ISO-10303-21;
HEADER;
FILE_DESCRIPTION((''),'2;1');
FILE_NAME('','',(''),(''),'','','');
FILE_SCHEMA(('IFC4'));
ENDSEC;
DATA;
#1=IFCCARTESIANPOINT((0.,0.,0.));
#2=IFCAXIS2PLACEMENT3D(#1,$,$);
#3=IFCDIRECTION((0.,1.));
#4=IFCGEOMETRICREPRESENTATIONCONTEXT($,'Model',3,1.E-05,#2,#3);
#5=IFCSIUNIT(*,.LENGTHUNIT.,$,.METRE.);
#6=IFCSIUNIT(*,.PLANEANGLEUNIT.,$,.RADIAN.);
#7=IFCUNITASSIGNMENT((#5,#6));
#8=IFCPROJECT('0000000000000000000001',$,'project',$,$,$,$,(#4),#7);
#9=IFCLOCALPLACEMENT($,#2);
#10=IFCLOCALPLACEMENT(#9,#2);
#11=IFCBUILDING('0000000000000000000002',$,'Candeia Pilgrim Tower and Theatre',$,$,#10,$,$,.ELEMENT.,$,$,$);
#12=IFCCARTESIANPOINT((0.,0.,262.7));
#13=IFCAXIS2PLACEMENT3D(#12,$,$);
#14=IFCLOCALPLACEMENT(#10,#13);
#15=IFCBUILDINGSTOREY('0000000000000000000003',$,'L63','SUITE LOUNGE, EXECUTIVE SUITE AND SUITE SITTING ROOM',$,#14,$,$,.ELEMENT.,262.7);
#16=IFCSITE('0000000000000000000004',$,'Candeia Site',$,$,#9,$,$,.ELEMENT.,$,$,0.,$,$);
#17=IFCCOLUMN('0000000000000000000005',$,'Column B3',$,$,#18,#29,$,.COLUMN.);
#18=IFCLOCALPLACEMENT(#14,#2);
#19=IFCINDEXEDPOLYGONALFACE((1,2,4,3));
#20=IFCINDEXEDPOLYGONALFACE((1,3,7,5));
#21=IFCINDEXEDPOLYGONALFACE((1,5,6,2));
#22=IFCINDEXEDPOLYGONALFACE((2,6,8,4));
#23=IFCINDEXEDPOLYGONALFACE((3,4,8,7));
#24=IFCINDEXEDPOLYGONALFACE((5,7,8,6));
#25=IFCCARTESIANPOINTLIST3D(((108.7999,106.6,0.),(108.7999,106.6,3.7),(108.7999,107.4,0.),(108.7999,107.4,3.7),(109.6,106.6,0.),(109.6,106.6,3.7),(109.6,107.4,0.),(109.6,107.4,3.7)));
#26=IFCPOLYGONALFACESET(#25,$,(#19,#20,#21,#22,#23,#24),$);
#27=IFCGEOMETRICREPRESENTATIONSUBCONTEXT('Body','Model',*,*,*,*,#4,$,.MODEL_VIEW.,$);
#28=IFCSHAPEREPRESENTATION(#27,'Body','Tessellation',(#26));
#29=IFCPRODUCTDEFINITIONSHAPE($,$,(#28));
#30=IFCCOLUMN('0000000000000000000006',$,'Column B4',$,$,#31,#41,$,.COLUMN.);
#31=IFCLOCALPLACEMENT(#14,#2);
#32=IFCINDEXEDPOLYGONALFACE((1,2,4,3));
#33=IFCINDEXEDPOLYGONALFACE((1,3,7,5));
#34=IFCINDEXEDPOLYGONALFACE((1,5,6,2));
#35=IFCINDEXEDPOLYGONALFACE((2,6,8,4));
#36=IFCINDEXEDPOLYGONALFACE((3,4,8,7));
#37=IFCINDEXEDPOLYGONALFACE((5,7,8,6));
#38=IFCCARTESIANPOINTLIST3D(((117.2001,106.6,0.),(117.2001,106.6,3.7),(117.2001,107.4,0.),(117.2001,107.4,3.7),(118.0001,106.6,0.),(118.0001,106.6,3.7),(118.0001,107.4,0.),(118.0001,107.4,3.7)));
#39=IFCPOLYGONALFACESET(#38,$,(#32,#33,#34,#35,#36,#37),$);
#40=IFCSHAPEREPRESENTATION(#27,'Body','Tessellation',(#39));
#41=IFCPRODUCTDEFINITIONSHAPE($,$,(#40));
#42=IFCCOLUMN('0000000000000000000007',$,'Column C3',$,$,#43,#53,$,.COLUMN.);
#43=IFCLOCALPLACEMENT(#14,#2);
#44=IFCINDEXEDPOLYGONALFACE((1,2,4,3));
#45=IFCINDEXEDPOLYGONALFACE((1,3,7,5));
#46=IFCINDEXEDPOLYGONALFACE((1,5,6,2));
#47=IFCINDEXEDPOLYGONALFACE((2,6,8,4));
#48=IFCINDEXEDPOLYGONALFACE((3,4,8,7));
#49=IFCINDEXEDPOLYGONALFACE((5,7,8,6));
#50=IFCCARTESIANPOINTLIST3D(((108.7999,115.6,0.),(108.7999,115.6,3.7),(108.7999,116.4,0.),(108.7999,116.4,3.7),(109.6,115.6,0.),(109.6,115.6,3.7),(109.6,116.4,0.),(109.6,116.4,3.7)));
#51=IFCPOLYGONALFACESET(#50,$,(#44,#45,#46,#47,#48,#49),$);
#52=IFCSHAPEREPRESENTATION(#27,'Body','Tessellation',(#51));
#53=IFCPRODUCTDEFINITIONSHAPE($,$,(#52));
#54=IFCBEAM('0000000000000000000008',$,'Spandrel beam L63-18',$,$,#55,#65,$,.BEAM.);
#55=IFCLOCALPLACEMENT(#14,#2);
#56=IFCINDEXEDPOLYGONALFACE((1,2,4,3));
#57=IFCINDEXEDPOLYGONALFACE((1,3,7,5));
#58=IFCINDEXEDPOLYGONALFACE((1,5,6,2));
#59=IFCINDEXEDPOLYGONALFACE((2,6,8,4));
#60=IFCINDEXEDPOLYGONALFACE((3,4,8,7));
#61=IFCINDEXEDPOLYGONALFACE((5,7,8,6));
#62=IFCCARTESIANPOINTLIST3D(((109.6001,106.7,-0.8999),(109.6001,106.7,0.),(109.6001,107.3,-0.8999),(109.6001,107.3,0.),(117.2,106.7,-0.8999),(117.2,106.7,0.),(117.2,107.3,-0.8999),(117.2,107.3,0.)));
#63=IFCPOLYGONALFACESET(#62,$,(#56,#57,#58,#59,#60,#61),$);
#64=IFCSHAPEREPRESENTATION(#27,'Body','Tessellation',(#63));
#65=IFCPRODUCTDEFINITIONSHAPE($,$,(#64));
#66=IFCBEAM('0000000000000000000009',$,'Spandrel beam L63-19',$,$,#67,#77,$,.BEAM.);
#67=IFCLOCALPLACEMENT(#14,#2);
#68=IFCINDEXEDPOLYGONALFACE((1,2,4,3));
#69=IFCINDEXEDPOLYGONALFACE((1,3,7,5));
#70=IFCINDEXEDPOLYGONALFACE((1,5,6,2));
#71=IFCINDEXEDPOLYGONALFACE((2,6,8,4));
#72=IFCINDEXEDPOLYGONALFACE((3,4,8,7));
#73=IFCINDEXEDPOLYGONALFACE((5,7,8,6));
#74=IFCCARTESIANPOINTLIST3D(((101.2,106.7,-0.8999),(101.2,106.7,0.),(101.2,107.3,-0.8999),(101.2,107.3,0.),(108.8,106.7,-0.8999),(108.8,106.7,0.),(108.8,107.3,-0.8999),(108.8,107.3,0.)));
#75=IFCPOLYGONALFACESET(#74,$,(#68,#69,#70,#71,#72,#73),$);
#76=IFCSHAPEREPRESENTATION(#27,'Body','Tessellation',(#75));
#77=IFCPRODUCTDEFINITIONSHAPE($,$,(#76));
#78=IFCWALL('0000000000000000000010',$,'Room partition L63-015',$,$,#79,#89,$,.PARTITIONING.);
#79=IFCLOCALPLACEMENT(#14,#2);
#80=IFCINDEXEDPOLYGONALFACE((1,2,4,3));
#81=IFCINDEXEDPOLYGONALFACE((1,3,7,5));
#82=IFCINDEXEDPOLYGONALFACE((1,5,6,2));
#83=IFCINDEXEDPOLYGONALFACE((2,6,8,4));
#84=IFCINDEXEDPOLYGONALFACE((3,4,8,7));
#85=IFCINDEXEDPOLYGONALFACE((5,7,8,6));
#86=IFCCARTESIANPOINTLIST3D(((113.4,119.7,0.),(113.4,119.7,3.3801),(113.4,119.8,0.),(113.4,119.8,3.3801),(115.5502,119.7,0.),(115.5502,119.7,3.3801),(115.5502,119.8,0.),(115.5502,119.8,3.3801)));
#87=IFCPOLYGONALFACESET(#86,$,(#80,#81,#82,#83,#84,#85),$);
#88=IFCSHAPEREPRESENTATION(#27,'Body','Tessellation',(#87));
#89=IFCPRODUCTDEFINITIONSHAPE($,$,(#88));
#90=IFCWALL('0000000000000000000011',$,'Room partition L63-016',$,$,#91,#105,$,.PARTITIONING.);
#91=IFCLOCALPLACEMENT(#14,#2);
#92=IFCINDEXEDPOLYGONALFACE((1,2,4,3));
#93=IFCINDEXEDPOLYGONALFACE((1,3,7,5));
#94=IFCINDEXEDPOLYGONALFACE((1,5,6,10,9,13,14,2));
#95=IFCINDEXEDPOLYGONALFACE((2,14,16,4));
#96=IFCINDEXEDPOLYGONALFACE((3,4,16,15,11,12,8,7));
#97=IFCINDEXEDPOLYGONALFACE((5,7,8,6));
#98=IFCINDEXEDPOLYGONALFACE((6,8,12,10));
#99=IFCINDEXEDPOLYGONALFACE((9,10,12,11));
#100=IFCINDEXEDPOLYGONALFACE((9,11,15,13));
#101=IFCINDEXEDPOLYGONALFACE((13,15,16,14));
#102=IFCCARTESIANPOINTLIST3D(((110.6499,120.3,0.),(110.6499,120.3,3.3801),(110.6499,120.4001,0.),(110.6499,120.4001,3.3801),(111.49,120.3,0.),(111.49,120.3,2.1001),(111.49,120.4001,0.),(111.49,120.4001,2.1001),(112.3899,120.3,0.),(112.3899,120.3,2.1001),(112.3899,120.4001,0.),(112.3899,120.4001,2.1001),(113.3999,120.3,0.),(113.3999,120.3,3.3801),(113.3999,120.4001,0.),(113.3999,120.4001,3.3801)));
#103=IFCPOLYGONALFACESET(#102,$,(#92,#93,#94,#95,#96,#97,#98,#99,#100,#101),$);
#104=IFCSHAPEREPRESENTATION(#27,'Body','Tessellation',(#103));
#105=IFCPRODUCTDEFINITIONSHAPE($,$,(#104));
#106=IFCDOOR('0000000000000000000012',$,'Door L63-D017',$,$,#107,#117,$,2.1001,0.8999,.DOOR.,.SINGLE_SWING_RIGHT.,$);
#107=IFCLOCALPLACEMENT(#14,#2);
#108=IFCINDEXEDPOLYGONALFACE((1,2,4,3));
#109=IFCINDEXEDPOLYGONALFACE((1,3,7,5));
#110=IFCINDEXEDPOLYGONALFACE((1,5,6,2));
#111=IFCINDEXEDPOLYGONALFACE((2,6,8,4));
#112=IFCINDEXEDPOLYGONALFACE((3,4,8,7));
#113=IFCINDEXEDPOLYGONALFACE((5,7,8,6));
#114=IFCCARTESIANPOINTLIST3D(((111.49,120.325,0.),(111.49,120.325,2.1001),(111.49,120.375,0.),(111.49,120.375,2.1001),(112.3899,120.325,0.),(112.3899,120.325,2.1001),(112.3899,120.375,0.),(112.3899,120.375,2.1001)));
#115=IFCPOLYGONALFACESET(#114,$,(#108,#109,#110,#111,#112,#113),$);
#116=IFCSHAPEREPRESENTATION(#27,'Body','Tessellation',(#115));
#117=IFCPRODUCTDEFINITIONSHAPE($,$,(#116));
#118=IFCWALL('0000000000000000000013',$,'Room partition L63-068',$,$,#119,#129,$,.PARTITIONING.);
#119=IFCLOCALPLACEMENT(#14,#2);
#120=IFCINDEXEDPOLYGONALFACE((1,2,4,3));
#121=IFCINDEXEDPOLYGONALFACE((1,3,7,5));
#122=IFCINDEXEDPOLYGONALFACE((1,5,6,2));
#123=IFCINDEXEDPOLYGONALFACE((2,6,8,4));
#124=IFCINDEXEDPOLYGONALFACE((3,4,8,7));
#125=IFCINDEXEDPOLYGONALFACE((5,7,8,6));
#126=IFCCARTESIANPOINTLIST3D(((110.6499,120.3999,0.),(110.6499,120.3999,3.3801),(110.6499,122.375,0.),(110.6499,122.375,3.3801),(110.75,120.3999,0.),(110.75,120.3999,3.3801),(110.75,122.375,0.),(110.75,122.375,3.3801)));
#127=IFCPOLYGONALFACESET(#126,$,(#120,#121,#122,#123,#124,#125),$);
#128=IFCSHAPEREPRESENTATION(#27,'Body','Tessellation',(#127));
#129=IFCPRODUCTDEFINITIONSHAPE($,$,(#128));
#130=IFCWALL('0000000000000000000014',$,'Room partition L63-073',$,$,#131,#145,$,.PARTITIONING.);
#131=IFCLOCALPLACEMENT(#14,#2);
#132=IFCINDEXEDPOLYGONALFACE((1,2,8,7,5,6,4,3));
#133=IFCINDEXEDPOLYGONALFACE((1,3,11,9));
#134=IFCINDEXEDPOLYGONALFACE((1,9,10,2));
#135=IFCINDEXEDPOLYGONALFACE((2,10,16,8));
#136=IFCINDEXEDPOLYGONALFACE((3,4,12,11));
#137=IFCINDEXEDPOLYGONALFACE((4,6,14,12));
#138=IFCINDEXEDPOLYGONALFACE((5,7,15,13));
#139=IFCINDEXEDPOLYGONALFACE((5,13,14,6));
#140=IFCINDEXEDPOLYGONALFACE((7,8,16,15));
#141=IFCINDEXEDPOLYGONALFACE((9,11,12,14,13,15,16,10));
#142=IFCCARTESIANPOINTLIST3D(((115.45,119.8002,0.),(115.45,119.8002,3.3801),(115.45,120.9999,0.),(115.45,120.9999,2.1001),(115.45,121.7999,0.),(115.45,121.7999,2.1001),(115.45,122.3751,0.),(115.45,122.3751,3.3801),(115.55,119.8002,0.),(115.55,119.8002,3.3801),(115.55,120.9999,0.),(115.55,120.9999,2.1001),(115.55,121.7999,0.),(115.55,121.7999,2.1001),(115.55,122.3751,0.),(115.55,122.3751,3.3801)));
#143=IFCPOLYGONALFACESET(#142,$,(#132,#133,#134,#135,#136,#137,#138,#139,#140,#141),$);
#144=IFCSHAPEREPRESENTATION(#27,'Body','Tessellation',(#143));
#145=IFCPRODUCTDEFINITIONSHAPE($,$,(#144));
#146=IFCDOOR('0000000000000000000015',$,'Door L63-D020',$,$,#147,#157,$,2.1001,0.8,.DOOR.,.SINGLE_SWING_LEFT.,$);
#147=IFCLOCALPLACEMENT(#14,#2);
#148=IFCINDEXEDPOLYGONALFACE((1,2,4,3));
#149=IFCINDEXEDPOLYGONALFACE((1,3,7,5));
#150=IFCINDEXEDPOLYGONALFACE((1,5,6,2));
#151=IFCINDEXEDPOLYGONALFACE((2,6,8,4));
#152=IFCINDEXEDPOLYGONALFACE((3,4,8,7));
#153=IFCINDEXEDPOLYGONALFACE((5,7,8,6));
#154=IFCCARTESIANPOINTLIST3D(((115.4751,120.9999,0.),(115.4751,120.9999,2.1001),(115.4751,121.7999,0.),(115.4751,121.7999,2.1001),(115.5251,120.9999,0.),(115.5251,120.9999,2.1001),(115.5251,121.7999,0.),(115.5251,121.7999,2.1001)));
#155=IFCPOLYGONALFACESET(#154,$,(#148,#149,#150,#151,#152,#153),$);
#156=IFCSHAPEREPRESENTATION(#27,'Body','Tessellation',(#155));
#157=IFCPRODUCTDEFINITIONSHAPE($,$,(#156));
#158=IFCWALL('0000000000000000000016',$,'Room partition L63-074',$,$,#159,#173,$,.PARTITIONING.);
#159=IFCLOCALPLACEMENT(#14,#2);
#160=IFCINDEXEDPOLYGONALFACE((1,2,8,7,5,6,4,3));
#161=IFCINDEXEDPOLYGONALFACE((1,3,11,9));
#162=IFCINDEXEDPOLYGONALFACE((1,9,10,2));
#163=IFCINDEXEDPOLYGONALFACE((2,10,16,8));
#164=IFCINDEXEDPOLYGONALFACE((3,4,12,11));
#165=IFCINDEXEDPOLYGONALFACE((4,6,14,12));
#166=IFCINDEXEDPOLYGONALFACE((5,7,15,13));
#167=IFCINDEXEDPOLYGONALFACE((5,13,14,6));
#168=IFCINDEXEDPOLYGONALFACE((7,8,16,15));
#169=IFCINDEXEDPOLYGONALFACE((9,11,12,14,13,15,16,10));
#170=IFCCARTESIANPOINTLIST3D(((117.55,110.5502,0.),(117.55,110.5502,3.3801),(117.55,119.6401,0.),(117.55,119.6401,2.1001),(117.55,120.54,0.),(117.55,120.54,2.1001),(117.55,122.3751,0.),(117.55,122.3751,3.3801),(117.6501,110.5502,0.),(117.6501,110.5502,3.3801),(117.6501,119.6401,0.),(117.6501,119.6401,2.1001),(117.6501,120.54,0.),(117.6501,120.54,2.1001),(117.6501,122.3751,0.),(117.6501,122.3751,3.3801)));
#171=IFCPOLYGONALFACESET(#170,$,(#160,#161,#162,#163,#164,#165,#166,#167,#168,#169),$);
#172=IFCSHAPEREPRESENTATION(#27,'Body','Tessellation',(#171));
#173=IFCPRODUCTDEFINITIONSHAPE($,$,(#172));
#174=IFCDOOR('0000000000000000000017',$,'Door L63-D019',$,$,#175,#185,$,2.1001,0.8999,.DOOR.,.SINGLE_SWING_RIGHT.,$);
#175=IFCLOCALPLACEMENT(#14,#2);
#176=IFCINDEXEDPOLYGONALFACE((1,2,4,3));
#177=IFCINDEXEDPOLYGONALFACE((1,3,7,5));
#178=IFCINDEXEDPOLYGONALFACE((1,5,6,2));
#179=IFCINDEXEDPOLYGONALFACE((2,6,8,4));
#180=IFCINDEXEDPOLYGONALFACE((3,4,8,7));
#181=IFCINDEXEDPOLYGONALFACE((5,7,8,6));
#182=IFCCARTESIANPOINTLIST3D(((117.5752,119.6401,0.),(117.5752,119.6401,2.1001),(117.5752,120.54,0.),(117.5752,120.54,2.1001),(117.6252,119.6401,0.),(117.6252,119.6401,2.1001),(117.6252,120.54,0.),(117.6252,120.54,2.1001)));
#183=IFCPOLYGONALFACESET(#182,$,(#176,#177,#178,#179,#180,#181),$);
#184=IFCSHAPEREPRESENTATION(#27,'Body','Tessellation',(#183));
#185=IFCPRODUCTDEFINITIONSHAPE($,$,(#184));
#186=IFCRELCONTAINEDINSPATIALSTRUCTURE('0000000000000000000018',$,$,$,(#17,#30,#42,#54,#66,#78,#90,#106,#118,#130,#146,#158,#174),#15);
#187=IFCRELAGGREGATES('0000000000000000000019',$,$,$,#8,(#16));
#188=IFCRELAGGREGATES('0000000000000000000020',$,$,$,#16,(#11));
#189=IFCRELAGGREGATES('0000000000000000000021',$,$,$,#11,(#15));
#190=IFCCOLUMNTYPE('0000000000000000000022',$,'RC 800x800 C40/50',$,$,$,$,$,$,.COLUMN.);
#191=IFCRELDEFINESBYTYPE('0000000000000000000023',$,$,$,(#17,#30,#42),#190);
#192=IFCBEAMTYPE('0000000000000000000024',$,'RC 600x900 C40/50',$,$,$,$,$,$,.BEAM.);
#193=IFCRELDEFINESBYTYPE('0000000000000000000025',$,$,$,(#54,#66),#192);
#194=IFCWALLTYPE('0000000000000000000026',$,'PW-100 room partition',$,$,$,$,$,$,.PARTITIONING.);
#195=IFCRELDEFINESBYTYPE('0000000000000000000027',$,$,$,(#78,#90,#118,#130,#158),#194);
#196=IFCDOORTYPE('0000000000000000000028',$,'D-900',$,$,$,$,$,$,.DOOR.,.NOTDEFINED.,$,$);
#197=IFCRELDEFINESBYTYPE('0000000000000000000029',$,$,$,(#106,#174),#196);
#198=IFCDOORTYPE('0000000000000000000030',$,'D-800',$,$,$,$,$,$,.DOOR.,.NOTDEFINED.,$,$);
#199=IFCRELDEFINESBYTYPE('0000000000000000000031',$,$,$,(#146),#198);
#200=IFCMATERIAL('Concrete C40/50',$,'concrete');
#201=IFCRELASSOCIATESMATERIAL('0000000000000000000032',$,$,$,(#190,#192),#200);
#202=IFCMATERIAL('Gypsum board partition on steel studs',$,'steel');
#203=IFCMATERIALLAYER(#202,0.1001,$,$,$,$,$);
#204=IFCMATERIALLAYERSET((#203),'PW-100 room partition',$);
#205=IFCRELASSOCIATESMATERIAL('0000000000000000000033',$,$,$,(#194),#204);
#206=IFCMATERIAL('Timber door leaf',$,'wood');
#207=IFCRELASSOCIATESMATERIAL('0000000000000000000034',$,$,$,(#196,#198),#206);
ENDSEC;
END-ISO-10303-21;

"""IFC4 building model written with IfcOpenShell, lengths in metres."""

from ifc_helpers import new_model, si_unit, direction, frame, frame_2d, origin, origin_2d, place, context, subcontext, project, spatial, rectangle, extrude, material, layer, layer_set, material_profile, profile_set, type_object, element, fill, save


model = new_model("IFC4")

# Units and contexts
model_context = context("Model", 3, precision=1e-05, world=origin(), true_north=direction((0.0, 1.0)))
body_context = subcontext(model_context, "Body", "Model", "MODEL_VIEW")
ifc_project = project(units=[si_unit("LENGTHUNIT", "METRE"), si_unit("PLANEANGLEUNIT", "RADIAN")], contexts=[model_context])

# Site, building, storey
site_placement = place(None, origin())
site = spatial("IfcSite", under=ifc_project, at=site_placement, Name="Candeia Site", CompositionType="ELEMENT", RefElevation=0.0)
building_placement = place(site_placement, origin())
building = spatial("IfcBuilding", under=site, at=building_placement, Name="Candeia Pilgrim Tower and Theatre", CompositionType="ELEMENT")
storey_placement = place(building_placement, frame((0.0, 0.0, 262.7)))
storey = spatial("IfcBuildingStorey", under=building, at=storey_placement, Name="L63", Description="SUITE LOUNGE, EXECUTIVE SUITE AND SUITE SITTING ROOM", CompositionType="ELEMENT", Elevation=262.7)

# Columns
ifc_material_1 = material(Name="Concrete C40/50", Category="concrete")
ifc_material_profile_1 = material_profile(ifc_material_1, rectangle(XDim=0.8, YDim=0.8, at=origin_2d()))
ifc_profile_set_1 = profile_set([ifc_material_profile_1], Name="Concrete C40/50")
column_type = type_object("IfcColumnType", Name="RC 800x800 C40/50", PredefinedType="COLUMN", material=ifc_profile_set_1)
for number, where, z_axis, x_axis, name in (
    (1, (109.2, 107.0, 0.0), (0.0, 0.0, 1.0), (1.0, 0.0, 0.0), "Column B3"),
    (2, (117.6001, 107.0, 0.0), (0.0, 0.0, 1.0), (1.0, 0.0, 0.0), "Column B4"),
    (3, (109.2, 116.0, 0.0), (0.0, 0.0, 1.0), (1.0, 0.0, 0.0), "Column C3"),
):
    element("IfcColumn", number, at=place(storey_placement, frame(where, z_axis=z_axis, x_axis=x_axis)), inside=storey, type_object=column_type, Name=name, PredefinedType="COLUMN", context=body_context, shape_type="SweptSolid", body=[
        extrude(rectangle(XDim=0.8, YDim=0.8, at=origin_2d()), origin(), (0.0, 0.0, 1.0), 3.7),
    ])

# Beams
ifc_material_profile_2 = material_profile(ifc_material_1, rectangle(XDim=0.6001, YDim=0.8999, at=origin_2d()))
ifc_profile_set_2 = profile_set([ifc_material_profile_2], Name="Concrete C40/50")
beam_type = type_object("IfcBeamType", Name="RC 600x900 C40/50", PredefinedType="BEAM", material=ifc_profile_set_2)
beam_1_placement = place(storey_placement, frame((117.2, 107.0, -0.45), z_axis=(-1.0, 0.0, 0.0), x_axis=(0.0, -1.0, 0.0)))
element("IfcBeam", 4, at=beam_1_placement, inside=storey, type_object=beam_type, Name="Spandrel beam L63-18", PredefinedType="BEAM", context=body_context, shape_type="SweptSolid", body=[
    extrude(rectangle(XDim=0.6001, YDim=0.8999, at=origin_2d()), origin(), (0.0, 0.0, 1.0), 7.5999),
])
beam_2_placement = place(storey_placement, frame((108.8, 107.0, -0.45), z_axis=(-1.0, 0.0, 0.0), x_axis=(0.0, -1.0, 0.0)))
element("IfcBeam", 5, at=beam_2_placement, inside=storey, type_object=beam_type, Name="Spandrel beam L63-19", PredefinedType="BEAM", context=body_context, shape_type="SweptSolid", body=[
    extrude(rectangle(XDim=0.6001, YDim=0.8999, at=origin_2d()), origin(), (0.0, 0.0, 1.0), 7.6001),
])

# Wall
ifc_material_2 = material(Name="Gypsum board partition on steel studs", Category="steel")
ifc_layer_1 = layer(ifc_material_2, 0.1001)
ifc_layer_set_1 = layer_set([ifc_layer_1], Name="PW-100 room partition")
wall_type_1 = type_object("IfcWallType", Name="PW-100 room partition", PredefinedType="PARTITIONING", material=ifc_layer_set_1)
wall_1_placement = place(storey_placement, frame((113.3999, 119.75, 0.0), z_axis=(0.0, 0.0, 1.0), x_axis=(1.0, 0.0, 0.0)))
element("IfcWall", 6, at=wall_1_placement, inside=storey, type_object=wall_type_1, Name="Room partition L63-015", PredefinedType="PARTITIONING", context=body_context, shape_type="SweptSolid", body=[
    extrude(rectangle(XDim=2.1501, YDim=0.1001, at=frame_2d((1.0752, 0.0))), origin(), (0.0, 0.0, 1.0), 3.3801),
])

# Wall, opening, door
wall_2_placement = place(storey_placement, frame((110.6499, 120.3501, 0.0), z_axis=(0.0, 0.0, 1.0), x_axis=(1.0, 0.0, 0.0)))
wall_2 = element("IfcWall", 7, at=wall_2_placement, inside=storey, type_object=wall_type_1, Name="Room partition L63-016", PredefinedType="PARTITIONING", context=body_context, shape_type="SweptSolid", body=[
    extrude(rectangle(XDim=2.75, YDim=0.1001, at=frame_2d((1.375, 0.0))), origin(), (0.0, 0.0, 1.0), 3.3801),
])
opening_1_placement = place(wall_2_placement, frame((0.8401, 0.0, 0.0)))
opening_1 = element("IfcOpeningElement", 8, at=opening_1_placement, cuts=wall_2, PredefinedType="OPENING", context=body_context, shape_type="SweptSolid", body=[
    extrude(rectangle(XDim=0.8999, YDim=2.1001, at=frame_2d((0.45, 1.05))), frame((0.0, 0.0601, 0.0), z_axis=(0.0, -1.0, 0.0), x_axis=(1.0, 0.0, 0.0)), (0.0, 0.0, 1.0), 0.1201),
])
ifc_material_3 = material(Name="Timber door leaf", Category="wood")
door_type_1 = type_object("IfcDoorType", Name="D-900", OperationType="NOTDEFINED", PredefinedType="DOOR", material=ifc_material_3)
door_1_placement = place(opening_1_placement, origin())
door_1 = element("IfcDoor", 9, at=door_1_placement, inside=storey, type_object=door_type_1, Name="Door L63-D017", OperationType="SINGLE_SWING_RIGHT", OverallHeight=2.1001, OverallWidth=0.8999, PredefinedType="DOOR", context=body_context, shape_type="SweptSolid", body=[
    extrude(rectangle(XDim=0.8999, YDim=2.1001, at=frame_2d((0.45, 1.05))), frame((0.0, 0.0249, 0.0), z_axis=(0.0, -1.0, 0.0), x_axis=(1.0, 0.0, 0.0)), (0.0, 0.0, 1.0), 0.05),
])
fill(opening_1, door_1)

# Wall
wall_3_placement = place(storey_placement, frame((110.7, 120.3999, 0.0), z_axis=(0.0, 0.0, 1.0), x_axis=(0.0, 1.0, 0.0)))
element("IfcWall", 10, at=wall_3_placement, inside=storey, type_object=wall_type_1, Name="Room partition L63-068", PredefinedType="PARTITIONING", context=body_context, shape_type="SweptSolid", body=[
    extrude(rectangle(XDim=1.9751, YDim=0.1001, at=frame_2d((0.9875, 0.0))), origin(), (0.0, 0.0, 1.0), 3.3801),
])

# Walls, openings, doors
wall_4_placement = place(storey_placement, frame((115.5, 119.8, 0.0), z_axis=(0.0, 0.0, 1.0), x_axis=(0.0, 1.0, 0.0)))
wall_4 = element("IfcWall", 11, at=wall_4_placement, inside=storey, type_object=wall_type_1, Name="Room partition L63-073", PredefinedType="PARTITIONING", context=body_context, shape_type="SweptSolid", body=[
    extrude(rectangle(XDim=2.575, YDim=0.1001, at=frame_2d((1.2876, 0.0))), origin(), (0.0, 0.0, 1.0), 3.3801),
])
opening_2_placement = place(wall_4_placement, frame((1.2, 0.0, 0.0)))
opening_2 = element("IfcOpeningElement", 12, at=opening_2_placement, cuts=wall_4, PredefinedType="OPENING", context=body_context, shape_type="SweptSolid", body=[
    extrude(rectangle(XDim=0.8, YDim=2.1001, at=frame_2d((0.3999, 1.05))), frame((0.0, 0.0601, 0.0), z_axis=(0.0, -1.0, 0.0), x_axis=(1.0, 0.0, 0.0)), (0.0, 0.0, 1.0), 0.1201),
])
door_type_2 = type_object("IfcDoorType", Name="D-800", OperationType="NOTDEFINED", PredefinedType="DOOR", material=ifc_material_3)
door_2_placement = place(opening_2_placement, origin())
door_2 = element("IfcDoor", 13, at=door_2_placement, inside=storey, type_object=door_type_2, Name="Door L63-D020", OperationType="SINGLE_SWING_LEFT", OverallHeight=2.1001, OverallWidth=0.8, PredefinedType="DOOR", context=body_context, shape_type="SweptSolid", body=[
    extrude(rectangle(XDim=0.8, YDim=2.1001, at=frame_2d((0.3999, 1.05))), frame((0.0, 0.0249, 0.0), z_axis=(0.0, -1.0, 0.0), x_axis=(1.0, 0.0, 0.0)), (0.0, 0.0, 1.0), 0.05),
])
fill(opening_2, door_2)
wall_5_placement = place(storey_placement, frame((117.6001, 110.55, 0.0), z_axis=(0.0, 0.0, 1.0), x_axis=(0.0, 1.0, 0.0)))
wall_5 = element("IfcWall", 14, at=wall_5_placement, inside=storey, type_object=wall_type_1, Name="Room partition L63-074", PredefinedType="PARTITIONING", context=body_context, shape_type="SweptSolid", body=[
    extrude(rectangle(XDim=11.825, YDim=0.1001, at=frame_2d((5.9126, 0.0))), origin(), (0.0, 0.0, 1.0), 3.3801),
])
opening_3_placement = place(wall_5_placement, frame((9.0901, 0.0, 0.0)))
opening_3 = element("IfcOpeningElement", 15, at=opening_3_placement, cuts=wall_5, PredefinedType="OPENING", context=body_context, shape_type="SweptSolid", body=[
    extrude(rectangle(XDim=0.8999, YDim=2.1001, at=frame_2d((0.45, 1.05))), frame((0.0, 0.0601, 0.0), z_axis=(0.0, -1.0, 0.0), x_axis=(1.0, 0.0, 0.0)), (0.0, 0.0, 1.0), 0.1201),
])
door_3_placement = place(opening_3_placement, origin())
door_3 = element("IfcDoor", 16, at=door_3_placement, inside=storey, type_object=door_type_1, Name="Door L63-D019", OperationType="SINGLE_SWING_RIGHT", OverallHeight=2.1001, OverallWidth=0.8999, PredefinedType="DOOR", context=body_context, shape_type="SweptSolid", body=[
    extrude(rectangle(XDim=0.8999, YDim=2.1001, at=frame_2d((0.45, 1.05))), frame((0.0, 0.0249, 0.0), z_axis=(0.0, -1.0, 0.0), x_axis=(1.0, 0.0, 0.0)), (0.0, 0.0, 1.0), 0.05),
])
fill(opening_3, door_3)

save(model, "model.ifc")
